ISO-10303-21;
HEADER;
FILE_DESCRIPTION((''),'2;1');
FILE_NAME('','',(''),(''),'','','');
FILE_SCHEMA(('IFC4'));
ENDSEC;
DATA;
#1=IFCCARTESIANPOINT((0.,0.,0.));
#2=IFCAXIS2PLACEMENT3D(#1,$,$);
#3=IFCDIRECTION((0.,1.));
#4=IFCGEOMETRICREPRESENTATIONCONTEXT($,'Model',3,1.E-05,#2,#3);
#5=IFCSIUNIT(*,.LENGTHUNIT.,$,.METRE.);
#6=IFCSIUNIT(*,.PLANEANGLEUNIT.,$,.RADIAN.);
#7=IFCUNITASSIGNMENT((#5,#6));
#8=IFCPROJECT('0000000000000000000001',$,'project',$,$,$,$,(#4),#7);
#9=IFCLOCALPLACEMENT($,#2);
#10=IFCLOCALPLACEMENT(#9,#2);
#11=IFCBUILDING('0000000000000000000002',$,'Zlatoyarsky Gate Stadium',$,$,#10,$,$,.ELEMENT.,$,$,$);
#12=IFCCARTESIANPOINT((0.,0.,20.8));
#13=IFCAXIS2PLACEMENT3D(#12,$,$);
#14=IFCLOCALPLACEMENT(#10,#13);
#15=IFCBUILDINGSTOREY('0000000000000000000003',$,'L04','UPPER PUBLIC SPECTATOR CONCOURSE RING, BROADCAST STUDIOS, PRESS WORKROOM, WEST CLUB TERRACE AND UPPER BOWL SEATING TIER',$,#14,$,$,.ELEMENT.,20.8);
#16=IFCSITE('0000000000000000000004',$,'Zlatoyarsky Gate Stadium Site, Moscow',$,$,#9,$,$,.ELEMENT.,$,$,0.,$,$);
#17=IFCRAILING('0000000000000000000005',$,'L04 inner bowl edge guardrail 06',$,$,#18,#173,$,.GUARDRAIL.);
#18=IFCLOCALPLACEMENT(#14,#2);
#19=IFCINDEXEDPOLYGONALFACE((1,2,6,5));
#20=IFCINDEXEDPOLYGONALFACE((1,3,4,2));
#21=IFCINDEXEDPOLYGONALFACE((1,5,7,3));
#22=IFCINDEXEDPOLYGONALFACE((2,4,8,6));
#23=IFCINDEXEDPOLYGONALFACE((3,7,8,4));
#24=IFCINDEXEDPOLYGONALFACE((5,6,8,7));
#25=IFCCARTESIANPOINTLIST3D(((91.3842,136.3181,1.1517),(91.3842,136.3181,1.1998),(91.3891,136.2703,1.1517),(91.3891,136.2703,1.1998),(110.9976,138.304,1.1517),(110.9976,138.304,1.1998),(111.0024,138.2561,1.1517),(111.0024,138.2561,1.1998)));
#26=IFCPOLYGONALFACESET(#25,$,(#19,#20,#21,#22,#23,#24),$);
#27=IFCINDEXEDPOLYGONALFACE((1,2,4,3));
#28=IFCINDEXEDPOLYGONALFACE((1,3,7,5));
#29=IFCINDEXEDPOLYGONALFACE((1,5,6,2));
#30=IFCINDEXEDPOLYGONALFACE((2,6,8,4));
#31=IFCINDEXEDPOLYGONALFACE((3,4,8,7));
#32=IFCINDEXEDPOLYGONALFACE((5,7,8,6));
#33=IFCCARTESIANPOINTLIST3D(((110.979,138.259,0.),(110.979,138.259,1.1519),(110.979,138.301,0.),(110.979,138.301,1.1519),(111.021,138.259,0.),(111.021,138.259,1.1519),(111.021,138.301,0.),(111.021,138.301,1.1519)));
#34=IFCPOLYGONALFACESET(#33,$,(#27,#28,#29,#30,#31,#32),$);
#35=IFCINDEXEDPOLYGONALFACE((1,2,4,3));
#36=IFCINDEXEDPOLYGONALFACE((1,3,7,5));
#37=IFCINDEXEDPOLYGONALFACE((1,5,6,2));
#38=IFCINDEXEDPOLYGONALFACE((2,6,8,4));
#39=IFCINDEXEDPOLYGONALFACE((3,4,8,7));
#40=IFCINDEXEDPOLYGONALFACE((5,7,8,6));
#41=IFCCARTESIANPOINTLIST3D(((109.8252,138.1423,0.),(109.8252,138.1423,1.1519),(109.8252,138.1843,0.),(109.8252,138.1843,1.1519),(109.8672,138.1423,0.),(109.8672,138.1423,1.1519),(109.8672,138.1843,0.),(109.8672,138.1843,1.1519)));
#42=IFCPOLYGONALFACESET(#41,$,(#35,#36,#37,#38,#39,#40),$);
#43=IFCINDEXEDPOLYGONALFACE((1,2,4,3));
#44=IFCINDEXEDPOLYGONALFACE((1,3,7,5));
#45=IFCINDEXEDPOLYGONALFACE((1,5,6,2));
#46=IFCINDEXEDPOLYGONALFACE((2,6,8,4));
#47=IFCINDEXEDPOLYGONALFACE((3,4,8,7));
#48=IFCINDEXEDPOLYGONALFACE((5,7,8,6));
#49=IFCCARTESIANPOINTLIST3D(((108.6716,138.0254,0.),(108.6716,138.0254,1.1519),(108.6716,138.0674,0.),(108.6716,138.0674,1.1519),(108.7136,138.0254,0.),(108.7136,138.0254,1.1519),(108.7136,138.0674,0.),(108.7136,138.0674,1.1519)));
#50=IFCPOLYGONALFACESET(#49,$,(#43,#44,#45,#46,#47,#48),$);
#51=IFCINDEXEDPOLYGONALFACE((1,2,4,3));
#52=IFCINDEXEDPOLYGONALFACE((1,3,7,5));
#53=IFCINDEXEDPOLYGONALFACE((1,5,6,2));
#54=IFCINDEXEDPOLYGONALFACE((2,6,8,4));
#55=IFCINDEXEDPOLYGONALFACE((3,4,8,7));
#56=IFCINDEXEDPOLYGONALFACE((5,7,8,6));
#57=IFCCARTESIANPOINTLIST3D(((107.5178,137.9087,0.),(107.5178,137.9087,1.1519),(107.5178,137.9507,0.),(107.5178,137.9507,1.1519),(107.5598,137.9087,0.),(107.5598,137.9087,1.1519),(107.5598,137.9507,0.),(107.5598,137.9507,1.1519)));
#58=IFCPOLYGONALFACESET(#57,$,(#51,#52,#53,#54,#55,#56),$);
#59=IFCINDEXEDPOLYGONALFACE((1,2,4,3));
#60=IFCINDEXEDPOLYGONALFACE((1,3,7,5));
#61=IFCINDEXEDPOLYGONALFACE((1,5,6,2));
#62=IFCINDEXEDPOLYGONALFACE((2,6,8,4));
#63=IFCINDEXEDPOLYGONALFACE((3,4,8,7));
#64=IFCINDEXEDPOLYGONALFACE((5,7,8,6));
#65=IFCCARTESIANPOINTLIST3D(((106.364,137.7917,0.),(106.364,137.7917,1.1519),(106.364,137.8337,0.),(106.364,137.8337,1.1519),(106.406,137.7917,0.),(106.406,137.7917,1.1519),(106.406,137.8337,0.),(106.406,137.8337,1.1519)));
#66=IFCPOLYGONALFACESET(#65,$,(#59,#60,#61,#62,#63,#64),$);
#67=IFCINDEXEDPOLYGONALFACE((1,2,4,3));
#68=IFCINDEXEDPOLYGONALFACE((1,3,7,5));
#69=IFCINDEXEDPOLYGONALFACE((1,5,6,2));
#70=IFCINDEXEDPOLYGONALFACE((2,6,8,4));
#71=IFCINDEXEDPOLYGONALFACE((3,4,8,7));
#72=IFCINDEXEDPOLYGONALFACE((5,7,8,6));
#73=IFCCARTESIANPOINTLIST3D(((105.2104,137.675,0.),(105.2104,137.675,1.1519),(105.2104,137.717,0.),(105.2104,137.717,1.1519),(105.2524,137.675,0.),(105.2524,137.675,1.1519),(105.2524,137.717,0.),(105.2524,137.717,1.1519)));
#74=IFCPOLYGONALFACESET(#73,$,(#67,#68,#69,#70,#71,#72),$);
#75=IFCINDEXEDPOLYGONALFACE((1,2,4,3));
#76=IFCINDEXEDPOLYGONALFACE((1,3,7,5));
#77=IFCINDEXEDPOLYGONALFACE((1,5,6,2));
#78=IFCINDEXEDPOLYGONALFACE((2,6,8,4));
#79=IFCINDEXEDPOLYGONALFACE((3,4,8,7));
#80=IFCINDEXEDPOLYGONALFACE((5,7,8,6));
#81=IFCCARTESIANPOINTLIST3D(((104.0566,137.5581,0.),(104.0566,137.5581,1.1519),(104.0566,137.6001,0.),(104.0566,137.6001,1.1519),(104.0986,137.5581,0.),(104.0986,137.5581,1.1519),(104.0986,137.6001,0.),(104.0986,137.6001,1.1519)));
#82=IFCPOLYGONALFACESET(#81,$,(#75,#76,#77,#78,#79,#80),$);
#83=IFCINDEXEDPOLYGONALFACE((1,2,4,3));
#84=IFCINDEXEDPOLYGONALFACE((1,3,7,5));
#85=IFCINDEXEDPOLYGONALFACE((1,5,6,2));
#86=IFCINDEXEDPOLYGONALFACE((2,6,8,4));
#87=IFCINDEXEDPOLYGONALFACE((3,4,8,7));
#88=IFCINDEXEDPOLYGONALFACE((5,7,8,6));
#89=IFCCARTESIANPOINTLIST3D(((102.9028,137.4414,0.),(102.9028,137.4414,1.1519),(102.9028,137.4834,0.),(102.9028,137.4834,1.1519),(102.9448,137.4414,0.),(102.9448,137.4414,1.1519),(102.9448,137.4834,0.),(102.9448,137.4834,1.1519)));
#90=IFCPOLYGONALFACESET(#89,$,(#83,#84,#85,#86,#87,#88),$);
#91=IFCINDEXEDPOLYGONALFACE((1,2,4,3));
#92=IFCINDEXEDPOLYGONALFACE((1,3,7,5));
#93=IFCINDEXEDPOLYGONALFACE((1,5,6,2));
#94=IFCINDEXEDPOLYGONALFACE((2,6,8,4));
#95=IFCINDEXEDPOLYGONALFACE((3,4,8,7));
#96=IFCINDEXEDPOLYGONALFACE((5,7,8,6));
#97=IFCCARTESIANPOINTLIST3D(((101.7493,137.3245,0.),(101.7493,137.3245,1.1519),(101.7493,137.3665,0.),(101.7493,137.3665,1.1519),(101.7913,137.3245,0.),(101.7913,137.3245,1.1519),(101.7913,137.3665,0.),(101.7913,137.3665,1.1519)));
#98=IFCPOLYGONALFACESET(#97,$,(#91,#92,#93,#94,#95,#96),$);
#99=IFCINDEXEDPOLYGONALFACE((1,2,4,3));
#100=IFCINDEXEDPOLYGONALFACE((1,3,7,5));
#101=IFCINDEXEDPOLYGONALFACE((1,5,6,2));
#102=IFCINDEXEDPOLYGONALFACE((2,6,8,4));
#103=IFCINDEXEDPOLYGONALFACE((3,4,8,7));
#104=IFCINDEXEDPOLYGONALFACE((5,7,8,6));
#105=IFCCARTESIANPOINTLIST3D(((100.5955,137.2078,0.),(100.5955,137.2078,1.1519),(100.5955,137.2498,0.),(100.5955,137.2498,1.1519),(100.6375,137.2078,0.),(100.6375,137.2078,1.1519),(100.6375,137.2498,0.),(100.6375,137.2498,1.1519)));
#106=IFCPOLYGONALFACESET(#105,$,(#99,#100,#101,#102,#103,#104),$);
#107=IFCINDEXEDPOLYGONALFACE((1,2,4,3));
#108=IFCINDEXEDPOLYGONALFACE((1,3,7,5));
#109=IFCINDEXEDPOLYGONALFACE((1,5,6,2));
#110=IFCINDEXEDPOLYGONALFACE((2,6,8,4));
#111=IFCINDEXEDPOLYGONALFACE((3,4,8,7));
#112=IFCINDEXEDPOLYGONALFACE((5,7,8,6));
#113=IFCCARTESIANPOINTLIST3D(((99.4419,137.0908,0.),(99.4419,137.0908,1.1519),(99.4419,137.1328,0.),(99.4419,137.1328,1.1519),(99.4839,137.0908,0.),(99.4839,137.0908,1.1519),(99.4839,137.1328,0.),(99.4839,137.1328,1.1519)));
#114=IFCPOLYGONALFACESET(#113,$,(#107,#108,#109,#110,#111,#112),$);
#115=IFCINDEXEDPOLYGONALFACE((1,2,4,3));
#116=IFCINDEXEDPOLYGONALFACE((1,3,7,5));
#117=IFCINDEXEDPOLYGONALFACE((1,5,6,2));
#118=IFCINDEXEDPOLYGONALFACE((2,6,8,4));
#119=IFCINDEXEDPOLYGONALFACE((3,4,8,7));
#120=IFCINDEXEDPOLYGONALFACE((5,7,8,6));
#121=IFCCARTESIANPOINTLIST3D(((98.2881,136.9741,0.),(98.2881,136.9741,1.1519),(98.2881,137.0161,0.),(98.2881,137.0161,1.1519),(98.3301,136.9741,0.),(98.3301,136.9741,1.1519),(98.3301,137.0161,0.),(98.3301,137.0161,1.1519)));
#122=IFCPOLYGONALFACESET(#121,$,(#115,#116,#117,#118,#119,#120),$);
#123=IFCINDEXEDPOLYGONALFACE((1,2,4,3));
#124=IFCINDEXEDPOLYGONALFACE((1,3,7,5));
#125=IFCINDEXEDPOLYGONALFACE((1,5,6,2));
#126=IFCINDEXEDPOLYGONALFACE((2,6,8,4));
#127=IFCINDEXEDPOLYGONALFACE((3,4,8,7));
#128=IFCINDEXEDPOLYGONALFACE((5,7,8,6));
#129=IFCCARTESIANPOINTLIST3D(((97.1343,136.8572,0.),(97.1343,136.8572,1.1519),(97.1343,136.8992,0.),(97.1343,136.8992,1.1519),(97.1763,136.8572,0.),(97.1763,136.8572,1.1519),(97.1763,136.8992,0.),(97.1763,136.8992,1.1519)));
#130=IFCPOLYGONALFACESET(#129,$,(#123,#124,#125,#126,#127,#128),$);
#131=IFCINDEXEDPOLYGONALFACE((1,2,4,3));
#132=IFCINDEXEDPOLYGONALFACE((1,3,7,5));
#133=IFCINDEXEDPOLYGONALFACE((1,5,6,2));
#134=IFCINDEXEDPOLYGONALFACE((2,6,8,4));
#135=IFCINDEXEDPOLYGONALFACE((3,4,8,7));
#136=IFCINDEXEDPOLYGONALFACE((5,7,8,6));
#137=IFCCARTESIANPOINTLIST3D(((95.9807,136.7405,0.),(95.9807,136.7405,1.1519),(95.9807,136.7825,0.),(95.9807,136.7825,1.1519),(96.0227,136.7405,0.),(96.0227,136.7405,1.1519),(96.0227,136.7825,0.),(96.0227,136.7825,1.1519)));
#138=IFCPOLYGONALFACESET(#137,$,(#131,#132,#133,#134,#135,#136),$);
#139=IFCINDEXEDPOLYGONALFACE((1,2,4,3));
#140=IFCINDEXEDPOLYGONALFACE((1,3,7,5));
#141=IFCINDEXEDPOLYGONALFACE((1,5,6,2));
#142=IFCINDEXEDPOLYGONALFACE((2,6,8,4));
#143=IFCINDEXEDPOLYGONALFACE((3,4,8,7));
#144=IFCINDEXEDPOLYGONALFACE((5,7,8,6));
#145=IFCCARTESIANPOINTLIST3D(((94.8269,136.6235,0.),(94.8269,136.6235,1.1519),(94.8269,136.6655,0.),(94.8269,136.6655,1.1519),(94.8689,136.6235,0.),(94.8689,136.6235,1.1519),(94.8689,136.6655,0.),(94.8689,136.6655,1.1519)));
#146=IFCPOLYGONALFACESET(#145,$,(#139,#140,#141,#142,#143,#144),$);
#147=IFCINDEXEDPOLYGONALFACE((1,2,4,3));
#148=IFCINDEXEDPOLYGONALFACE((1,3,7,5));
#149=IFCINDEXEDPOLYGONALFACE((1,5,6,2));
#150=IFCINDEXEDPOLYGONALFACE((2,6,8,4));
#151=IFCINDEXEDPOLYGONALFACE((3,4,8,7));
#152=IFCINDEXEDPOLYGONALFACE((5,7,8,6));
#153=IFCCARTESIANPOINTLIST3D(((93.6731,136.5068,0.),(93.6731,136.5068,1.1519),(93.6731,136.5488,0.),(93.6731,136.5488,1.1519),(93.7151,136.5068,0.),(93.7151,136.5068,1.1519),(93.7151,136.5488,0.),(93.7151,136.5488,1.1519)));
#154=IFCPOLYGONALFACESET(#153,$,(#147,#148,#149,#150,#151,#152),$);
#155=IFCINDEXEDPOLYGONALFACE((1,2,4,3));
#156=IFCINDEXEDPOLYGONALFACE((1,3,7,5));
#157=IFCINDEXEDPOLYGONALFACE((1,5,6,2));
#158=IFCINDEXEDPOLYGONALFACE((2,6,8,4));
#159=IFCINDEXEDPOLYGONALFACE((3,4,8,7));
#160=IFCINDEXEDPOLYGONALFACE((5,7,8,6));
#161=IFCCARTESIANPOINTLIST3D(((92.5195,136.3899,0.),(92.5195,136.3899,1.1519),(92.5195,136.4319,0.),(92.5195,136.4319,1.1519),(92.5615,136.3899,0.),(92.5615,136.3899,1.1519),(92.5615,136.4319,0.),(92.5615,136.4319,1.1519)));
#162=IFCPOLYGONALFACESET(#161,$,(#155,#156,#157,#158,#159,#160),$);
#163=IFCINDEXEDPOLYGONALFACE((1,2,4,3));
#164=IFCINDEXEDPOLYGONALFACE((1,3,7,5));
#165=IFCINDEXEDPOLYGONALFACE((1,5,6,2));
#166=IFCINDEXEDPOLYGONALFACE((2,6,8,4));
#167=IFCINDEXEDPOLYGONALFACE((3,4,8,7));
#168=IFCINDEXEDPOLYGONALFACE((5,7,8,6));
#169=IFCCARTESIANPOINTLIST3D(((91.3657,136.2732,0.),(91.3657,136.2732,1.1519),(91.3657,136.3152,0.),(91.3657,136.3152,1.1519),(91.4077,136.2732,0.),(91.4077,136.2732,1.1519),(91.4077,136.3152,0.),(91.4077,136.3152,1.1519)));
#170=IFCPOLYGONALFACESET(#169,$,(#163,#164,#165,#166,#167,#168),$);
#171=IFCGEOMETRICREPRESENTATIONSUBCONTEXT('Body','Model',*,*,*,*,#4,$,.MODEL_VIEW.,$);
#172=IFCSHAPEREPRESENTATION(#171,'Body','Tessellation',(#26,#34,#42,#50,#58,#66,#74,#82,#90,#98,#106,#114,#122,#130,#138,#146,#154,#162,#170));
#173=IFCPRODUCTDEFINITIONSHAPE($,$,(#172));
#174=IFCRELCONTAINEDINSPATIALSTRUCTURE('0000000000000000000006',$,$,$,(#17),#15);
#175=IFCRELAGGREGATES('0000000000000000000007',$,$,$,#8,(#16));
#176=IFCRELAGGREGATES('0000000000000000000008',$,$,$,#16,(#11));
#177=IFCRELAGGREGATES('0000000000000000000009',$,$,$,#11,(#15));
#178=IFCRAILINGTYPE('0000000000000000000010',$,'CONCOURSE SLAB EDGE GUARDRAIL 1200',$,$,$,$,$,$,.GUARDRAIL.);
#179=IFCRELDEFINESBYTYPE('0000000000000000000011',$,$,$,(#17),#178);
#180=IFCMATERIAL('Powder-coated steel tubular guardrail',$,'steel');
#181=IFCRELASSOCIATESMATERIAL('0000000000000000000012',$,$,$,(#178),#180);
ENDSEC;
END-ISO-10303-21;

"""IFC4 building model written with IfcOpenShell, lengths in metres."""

from ifc_helpers import new_model, si_unit, direction, frame, origin, origin_2d, place, context, subcontext, project, spatial, rectangle, extrude, material, type_object, element, save


model = new_model("IFC4")

# Units and contexts
model_context = context("Model", 3, precision=1e-05, world=origin(), true_north=direction((0.0, 1.0)))
body_context = subcontext(model_context, "Body", "Model", "MODEL_VIEW")
ifc_project = project(units=[si_unit("LENGTHUNIT", "METRE"), si_unit("PLANEANGLEUNIT", "RADIAN")], contexts=[model_context])

# Site, building, storey
site_placement = place(None, origin())
site = spatial("IfcSite", under=ifc_project, at=site_placement, Name="Zlatoyarsky Gate Stadium Site, Moscow", CompositionType="ELEMENT", RefElevation=0.0)
building_placement = place(site_placement, origin())
building = spatial("IfcBuilding", under=site, at=building_placement, Name="Zlatoyarsky Gate Stadium", CompositionType="ELEMENT")
storey_placement = place(building_placement, frame((0.0, 0.0, 20.8)))
storey = spatial("IfcBuildingStorey", under=building, at=storey_placement, Name="L04", Description="UPPER PUBLIC SPECTATOR CONCOURSE RING, BROADCAST STUDIOS, PRESS WORKROOM, WEST CLUB TERRACE AND UPPER BOWL SEATING TIER", CompositionType="ELEMENT", Elevation=20.8)

# Railing
ifc_material_1 = material(Name="Powder-coated steel tubular guardrail", Category="steel")
railing_type_1 = type_object("IfcRailingType", Name="CONCOURSE SLAB EDGE GUARDRAIL 1200", PredefinedType="GUARDRAIL", material=ifc_material_1)
railing_1_placement = place(storey_placement, frame((111.0, 138.28, 0.0)))
element("IfcRailing", 1, at=railing_1_placement, inside=storey, type_object=railing_type_1, Name="L04 inner bowl edge guardrail 06", PredefinedType="GUARDRAIL", context=body_context, shape_type="SweptSolid", body=[
    extrude(rectangle(XDim=0.0481, YDim=0.0481, at=origin_2d()), frame((0.0, 0.0, 1.1758), z_axis=(-0.994913, -0.100735, 0.0), x_axis=(0.100735, -0.994913, 0.0)), (0.0, 0.0, 1.0), 19.7136),
    extrude(rectangle(XDim=0.042, YDim=0.042, at=origin_2d()), origin(), (0.0, 0.0, 1.0), 1.1519),
    extrude(rectangle(XDim=0.042, YDim=0.042, at=origin_2d()), frame((-1.1538, -0.1167, 0.0)), (0.0, 0.0, 1.0), 1.1519),
    extrude(rectangle(XDim=0.042, YDim=0.042, at=origin_2d()), frame((-2.3074, -0.2336, 0.0)), (0.0, 0.0, 1.0), 1.1519),
    extrude(rectangle(XDim=0.042, YDim=0.042, at=origin_2d()), frame((-3.4612, -0.3503, 0.0)), (0.0, 0.0, 1.0), 1.1519),
    extrude(rectangle(XDim=0.042, YDim=0.042, at=origin_2d()), frame((-4.615, -0.4673, 0.0)), (0.0, 0.0, 1.0), 1.1519),
    extrude(rectangle(XDim=0.042, YDim=0.042, at=origin_2d()), frame((-5.7686, -0.584, 0.0)), (0.0, 0.0, 1.0), 1.1519),
    extrude(rectangle(XDim=0.042, YDim=0.042, at=origin_2d()), frame((-6.9224, -0.7009, 0.0)), (0.0, 0.0, 1.0), 1.1519),
    extrude(rectangle(XDim=0.042, YDim=0.042, at=origin_2d()), frame((-8.0762, -0.8176, 0.0)), (0.0, 0.0, 1.0), 1.1519),
    extrude(rectangle(XDim=0.042, YDim=0.042, at=origin_2d()), frame((-9.2297, -0.9346, 0.0)), (0.0, 0.0, 1.0), 1.1519),
    extrude(rectangle(XDim=0.042, YDim=0.042, at=origin_2d()), frame((-10.3835, -1.0513, 0.0)), (0.0, 0.0, 1.0), 1.1519),
    extrude(rectangle(XDim=0.042, YDim=0.042, at=origin_2d()), frame((-11.5371, -1.1682, 0.0)), (0.0, 0.0, 1.0), 1.1519),
    extrude(rectangle(XDim=0.042, YDim=0.042, at=origin_2d()), frame((-12.6909, -1.2849, 0.0)), (0.0, 0.0, 1.0), 1.1519),
    extrude(rectangle(XDim=0.042, YDim=0.042, at=origin_2d()), frame((-13.8447, -1.4019, 0.0)), (0.0, 0.0, 1.0), 1.1519),
    extrude(rectangle(XDim=0.042, YDim=0.042, at=origin_2d()), frame((-14.9983, -1.5186, 0.0)), (0.0, 0.0, 1.0), 1.1519),
    extrude(rectangle(XDim=0.042, YDim=0.042, at=origin_2d()), frame((-16.1521, -1.6355, 0.0)), (0.0, 0.0, 1.0), 1.1519),
    extrude(rectangle(XDim=0.042, YDim=0.042, at=origin_2d()), frame((-17.3059, -1.7522, 0.0)), (0.0, 0.0, 1.0), 1.1519),
    extrude(rectangle(XDim=0.042, YDim=0.042, at=origin_2d()), frame((-18.4595, -1.8691, 0.0)), (0.0, 0.0, 1.0), 1.1519),
    extrude(rectangle(XDim=0.042, YDim=0.042, at=origin_2d()), frame((-19.6133, -1.9858, 0.0)), (0.0, 0.0, 1.0), 1.1519),
])

save(model, "model.ifc")
